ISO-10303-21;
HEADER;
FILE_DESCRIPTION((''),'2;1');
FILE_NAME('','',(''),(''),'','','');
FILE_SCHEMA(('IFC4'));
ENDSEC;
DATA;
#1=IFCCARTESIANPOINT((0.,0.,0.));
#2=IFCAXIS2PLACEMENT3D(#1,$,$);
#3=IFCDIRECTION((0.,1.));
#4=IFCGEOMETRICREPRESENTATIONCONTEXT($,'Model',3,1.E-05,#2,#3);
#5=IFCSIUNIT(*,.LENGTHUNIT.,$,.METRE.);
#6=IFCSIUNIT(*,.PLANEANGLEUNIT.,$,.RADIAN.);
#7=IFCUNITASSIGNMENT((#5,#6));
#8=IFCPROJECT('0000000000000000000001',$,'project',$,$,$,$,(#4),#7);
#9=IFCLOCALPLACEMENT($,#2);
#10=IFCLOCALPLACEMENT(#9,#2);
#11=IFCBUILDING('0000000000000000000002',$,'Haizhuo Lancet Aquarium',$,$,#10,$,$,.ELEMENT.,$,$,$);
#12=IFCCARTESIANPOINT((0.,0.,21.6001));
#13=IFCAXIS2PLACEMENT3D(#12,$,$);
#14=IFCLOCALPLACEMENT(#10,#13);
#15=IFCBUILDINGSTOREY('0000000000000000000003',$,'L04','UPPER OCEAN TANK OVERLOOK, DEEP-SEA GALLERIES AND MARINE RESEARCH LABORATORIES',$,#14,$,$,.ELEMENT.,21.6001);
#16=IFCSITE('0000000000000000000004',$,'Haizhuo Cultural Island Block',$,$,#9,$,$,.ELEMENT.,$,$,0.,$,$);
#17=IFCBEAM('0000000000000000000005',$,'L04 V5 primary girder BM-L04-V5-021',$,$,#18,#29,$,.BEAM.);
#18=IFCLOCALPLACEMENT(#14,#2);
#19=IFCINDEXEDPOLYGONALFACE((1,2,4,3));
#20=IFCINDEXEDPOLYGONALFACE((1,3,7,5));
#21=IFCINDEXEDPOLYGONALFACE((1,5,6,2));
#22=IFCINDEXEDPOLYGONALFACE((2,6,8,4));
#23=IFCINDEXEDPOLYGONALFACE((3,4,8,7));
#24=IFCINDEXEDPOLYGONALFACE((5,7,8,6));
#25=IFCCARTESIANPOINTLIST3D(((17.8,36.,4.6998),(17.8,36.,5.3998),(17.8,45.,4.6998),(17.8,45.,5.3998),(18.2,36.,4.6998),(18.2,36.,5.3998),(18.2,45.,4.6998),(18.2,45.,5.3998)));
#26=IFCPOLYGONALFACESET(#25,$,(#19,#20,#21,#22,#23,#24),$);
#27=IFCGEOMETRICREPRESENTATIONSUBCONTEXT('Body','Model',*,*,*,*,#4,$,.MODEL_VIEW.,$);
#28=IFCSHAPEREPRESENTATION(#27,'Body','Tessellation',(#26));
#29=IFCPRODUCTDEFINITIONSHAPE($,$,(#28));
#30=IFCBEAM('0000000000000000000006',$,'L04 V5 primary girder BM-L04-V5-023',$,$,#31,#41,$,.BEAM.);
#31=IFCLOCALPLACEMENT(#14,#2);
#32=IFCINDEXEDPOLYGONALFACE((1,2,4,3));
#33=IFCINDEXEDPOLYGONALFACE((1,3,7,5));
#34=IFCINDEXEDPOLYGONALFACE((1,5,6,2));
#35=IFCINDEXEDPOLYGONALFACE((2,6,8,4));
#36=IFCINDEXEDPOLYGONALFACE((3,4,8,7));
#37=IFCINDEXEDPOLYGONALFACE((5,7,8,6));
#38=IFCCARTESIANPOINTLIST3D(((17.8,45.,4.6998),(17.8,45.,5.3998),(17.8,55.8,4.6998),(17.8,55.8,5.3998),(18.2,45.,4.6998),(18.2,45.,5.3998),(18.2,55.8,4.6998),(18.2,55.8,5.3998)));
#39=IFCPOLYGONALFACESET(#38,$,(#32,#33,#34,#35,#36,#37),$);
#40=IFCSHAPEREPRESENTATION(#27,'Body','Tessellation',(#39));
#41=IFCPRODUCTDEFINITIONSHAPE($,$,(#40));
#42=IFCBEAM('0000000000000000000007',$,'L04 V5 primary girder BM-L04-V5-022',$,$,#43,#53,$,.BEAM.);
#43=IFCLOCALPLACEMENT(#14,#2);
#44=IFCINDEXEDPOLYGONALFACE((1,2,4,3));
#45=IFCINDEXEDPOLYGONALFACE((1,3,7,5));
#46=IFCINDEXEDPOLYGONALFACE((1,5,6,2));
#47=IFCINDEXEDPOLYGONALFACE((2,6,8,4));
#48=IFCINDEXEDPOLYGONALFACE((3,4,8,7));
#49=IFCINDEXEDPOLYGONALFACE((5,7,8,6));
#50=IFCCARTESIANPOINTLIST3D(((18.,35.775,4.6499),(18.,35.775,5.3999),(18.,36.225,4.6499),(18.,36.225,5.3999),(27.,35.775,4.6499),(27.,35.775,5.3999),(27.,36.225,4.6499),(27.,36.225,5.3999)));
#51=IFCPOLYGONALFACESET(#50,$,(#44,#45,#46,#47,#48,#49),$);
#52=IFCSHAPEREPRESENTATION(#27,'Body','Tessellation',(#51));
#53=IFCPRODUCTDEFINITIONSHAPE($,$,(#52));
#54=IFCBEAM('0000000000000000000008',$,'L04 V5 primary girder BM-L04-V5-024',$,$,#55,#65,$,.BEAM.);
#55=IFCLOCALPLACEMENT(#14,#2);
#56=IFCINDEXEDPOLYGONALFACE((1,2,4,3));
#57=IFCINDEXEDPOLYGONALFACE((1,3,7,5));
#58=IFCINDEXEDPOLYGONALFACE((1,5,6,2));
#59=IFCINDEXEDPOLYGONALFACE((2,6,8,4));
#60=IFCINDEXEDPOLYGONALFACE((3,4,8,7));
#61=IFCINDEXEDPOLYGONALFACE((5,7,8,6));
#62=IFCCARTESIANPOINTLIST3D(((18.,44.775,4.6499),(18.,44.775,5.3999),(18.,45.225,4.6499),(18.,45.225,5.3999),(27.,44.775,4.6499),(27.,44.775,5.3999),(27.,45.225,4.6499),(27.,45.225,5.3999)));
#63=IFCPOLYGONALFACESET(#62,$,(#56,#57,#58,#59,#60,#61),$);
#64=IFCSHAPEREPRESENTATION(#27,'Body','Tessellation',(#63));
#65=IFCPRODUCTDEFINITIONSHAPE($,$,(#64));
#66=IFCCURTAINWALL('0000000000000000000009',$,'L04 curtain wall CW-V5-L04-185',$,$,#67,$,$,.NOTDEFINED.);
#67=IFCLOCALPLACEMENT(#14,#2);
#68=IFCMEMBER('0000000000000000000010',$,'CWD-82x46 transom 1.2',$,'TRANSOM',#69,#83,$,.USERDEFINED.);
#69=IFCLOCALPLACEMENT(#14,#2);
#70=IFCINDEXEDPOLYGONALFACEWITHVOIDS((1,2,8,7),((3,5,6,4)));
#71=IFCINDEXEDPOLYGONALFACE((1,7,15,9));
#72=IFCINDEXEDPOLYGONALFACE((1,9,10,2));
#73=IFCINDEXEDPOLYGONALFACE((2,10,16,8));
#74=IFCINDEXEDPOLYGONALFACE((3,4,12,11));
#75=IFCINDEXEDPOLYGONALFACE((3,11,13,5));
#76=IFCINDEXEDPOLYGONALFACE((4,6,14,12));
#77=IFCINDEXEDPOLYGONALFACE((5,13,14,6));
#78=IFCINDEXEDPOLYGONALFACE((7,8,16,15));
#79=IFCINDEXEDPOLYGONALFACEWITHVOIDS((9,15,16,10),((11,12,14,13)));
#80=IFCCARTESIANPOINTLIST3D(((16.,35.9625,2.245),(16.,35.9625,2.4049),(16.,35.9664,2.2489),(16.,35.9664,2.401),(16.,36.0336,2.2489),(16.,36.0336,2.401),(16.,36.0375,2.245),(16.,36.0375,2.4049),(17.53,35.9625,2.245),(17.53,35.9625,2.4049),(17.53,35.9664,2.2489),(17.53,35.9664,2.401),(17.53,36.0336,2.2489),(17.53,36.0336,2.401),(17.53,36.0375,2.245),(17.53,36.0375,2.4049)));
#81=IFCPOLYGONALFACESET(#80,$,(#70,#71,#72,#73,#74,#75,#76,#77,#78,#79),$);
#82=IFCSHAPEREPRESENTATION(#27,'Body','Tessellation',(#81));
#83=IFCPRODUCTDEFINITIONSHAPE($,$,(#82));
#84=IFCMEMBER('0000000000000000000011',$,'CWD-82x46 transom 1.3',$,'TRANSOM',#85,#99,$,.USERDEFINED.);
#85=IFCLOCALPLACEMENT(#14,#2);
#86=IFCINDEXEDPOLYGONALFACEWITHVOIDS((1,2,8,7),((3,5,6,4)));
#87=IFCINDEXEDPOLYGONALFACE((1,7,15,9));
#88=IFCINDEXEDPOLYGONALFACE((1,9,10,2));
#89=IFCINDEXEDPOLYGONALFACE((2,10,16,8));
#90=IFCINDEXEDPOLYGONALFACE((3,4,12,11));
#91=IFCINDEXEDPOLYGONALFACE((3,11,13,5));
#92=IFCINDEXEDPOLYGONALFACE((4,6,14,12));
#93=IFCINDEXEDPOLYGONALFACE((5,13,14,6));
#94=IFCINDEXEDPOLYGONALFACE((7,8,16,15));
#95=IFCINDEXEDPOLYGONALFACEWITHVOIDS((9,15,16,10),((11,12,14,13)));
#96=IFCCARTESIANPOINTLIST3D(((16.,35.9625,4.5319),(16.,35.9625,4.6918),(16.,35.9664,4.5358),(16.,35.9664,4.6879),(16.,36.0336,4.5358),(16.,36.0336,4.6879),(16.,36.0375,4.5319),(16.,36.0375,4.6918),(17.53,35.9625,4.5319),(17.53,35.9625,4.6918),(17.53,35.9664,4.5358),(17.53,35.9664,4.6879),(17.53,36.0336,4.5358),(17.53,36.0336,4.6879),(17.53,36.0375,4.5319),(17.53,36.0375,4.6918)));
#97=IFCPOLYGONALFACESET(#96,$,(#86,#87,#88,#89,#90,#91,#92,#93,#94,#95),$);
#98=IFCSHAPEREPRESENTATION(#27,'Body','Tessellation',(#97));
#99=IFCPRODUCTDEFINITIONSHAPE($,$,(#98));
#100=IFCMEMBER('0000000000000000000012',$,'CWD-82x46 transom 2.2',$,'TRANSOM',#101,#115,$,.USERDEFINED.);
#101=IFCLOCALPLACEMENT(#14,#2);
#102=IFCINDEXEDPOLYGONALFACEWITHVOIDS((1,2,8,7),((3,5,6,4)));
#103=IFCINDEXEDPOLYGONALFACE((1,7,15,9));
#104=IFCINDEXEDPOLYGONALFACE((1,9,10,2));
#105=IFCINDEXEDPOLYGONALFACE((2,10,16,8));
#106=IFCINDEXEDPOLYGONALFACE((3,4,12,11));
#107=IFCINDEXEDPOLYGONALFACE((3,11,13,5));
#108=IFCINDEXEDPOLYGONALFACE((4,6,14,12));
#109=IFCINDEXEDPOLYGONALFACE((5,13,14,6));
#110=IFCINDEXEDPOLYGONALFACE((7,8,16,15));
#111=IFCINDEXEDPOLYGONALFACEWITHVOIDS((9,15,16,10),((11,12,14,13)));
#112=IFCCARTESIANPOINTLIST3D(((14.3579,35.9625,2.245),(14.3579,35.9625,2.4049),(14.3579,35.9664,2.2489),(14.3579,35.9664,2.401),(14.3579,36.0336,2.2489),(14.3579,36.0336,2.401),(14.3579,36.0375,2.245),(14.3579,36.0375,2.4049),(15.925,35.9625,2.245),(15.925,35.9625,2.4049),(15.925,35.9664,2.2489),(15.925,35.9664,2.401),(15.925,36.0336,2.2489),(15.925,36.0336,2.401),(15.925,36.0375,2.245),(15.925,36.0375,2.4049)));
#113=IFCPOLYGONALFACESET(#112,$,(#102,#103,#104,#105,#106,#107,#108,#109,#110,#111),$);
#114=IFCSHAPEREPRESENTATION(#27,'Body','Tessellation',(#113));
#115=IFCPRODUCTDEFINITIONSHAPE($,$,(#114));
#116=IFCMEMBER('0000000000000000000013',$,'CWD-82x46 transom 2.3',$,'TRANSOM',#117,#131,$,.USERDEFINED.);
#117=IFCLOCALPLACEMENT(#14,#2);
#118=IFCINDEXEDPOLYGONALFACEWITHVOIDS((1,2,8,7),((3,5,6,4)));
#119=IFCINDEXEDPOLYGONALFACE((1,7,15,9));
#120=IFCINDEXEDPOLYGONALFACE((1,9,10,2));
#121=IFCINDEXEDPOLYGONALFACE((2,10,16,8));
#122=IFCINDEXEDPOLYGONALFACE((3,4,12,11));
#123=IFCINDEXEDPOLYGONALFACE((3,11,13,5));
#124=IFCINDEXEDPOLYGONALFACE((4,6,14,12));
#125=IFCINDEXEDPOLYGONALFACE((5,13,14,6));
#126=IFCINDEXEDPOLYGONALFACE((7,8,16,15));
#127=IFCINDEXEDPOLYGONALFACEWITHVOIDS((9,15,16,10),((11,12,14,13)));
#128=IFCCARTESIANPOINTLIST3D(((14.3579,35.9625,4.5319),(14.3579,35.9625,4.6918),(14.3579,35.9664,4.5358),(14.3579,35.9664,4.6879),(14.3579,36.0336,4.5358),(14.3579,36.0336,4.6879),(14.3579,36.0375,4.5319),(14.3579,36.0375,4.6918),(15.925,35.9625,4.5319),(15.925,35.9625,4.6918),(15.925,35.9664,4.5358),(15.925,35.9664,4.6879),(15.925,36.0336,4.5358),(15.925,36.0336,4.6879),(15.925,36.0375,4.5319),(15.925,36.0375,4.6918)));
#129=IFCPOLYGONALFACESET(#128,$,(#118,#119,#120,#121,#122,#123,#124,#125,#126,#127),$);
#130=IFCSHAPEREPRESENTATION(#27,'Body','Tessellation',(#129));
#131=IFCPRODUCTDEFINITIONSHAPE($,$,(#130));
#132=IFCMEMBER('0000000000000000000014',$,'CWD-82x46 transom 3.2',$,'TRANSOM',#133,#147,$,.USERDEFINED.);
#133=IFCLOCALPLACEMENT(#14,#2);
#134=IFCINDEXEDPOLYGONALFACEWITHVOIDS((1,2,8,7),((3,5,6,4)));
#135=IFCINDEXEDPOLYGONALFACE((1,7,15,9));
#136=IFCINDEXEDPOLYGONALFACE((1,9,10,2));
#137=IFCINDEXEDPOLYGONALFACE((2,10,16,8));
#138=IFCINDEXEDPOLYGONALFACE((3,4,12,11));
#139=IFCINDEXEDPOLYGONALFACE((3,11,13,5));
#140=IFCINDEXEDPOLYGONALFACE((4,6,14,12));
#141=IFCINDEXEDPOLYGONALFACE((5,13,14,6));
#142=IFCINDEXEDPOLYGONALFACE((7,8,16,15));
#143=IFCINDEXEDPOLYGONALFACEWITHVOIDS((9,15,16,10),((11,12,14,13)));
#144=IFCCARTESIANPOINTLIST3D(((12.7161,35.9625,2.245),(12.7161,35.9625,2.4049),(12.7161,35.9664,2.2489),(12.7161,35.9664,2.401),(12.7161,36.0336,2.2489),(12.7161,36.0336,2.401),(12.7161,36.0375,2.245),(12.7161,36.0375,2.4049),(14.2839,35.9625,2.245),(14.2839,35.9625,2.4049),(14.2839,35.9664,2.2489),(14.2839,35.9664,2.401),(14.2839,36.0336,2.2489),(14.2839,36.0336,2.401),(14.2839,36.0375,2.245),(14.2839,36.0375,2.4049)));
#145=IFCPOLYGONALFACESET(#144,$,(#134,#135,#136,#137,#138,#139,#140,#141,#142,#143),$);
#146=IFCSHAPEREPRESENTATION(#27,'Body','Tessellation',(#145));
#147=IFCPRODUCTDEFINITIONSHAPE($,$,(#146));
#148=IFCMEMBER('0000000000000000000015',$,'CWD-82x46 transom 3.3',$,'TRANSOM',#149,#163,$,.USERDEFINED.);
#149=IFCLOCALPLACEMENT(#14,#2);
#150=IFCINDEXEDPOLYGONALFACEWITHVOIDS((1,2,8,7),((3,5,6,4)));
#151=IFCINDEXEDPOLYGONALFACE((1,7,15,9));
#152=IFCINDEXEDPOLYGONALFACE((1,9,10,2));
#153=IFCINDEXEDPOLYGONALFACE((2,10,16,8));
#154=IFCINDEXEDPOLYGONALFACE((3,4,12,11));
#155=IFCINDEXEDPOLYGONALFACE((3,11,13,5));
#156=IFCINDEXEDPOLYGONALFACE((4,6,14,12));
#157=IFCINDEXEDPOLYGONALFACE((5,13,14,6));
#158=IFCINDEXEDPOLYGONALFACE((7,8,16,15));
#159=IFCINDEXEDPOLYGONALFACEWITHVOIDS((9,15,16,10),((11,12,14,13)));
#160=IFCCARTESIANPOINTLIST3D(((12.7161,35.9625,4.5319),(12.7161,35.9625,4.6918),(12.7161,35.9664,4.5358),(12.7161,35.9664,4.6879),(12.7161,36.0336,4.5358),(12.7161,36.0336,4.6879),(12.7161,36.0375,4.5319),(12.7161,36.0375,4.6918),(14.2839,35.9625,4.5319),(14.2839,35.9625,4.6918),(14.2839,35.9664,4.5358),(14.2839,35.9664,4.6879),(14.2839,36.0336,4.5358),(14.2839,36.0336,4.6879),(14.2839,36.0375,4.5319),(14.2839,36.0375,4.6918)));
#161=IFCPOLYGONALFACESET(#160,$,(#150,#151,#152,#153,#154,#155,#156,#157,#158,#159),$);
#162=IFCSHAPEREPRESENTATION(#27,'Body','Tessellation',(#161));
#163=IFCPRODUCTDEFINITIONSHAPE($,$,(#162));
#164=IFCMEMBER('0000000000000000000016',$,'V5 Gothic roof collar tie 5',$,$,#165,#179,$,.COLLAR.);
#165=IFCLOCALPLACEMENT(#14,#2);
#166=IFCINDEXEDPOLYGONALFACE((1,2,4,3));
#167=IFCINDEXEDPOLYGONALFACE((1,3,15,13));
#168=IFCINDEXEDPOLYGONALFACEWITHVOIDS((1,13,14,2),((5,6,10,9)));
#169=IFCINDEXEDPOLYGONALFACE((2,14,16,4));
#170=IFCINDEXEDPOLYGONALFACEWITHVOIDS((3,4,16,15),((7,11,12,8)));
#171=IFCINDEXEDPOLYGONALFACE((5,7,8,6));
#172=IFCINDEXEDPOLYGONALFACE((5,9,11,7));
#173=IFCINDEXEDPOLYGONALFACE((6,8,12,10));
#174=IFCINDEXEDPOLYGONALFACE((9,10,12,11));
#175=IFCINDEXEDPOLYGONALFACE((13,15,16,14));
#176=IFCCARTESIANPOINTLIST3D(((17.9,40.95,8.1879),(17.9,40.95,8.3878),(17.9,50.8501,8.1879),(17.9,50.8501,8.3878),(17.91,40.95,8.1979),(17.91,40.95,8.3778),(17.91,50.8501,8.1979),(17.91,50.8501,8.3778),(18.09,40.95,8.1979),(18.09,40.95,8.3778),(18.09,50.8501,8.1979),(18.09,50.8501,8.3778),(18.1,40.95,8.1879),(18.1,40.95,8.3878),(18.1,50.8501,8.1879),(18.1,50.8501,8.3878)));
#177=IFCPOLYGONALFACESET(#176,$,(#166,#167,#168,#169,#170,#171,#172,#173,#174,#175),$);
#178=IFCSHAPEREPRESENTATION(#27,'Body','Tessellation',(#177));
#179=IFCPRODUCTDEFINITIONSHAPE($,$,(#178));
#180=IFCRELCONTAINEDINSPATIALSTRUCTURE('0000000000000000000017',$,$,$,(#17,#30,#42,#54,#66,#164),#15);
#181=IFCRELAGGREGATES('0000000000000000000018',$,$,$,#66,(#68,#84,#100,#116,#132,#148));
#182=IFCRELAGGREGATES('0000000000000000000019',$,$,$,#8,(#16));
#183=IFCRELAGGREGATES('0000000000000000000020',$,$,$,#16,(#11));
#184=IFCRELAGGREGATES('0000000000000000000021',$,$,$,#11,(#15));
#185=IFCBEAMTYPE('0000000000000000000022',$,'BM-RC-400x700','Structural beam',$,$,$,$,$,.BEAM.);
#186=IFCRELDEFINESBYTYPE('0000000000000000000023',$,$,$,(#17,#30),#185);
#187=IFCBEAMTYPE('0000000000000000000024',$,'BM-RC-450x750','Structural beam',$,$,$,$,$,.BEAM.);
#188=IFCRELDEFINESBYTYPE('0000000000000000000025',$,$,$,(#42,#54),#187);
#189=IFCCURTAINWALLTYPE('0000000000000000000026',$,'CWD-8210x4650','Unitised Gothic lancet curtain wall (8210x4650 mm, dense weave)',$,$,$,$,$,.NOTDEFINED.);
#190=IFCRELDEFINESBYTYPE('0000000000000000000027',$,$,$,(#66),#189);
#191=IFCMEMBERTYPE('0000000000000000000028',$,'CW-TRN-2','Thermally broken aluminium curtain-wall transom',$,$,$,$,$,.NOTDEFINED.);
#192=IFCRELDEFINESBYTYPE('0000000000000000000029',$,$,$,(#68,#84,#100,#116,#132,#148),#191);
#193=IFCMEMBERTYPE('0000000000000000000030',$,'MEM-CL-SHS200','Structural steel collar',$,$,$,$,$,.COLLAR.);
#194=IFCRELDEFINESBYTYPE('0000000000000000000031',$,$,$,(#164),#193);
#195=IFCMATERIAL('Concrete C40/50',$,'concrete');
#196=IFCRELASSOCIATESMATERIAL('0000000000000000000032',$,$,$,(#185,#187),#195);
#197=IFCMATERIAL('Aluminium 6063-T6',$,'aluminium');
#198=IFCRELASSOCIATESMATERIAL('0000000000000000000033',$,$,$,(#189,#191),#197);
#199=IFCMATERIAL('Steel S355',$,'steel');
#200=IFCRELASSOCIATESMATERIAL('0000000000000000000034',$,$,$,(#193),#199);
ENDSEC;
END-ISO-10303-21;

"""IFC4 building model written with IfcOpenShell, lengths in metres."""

from ifc_helpers import new_model, si_unit, direction, frame, origin, origin_2d, place, context, subcontext, project, spatial, rectangle, hollow_rectangle, extrude, material, material_profile, profile_set, type_object, element, aggregate, save


model = new_model("IFC4")

# Units and contexts
model_context = context("Model", 3, precision=1e-05, world=origin(), true_north=direction((0.0, 1.0)))
body_context = subcontext(model_context, "Body", "Model", "MODEL_VIEW")
ifc_project = project(units=[si_unit("LENGTHUNIT", "METRE"), si_unit("PLANEANGLEUNIT", "RADIAN")], contexts=[model_context])

# Site, building, storey
site_placement = place(None, origin())
site = spatial("IfcSite", under=ifc_project, at=site_placement, Name="Haizhuo Cultural Island Block", CompositionType="ELEMENT", RefElevation=0.0)
building_placement = place(site_placement, origin())
building = spatial("IfcBuilding", under=site, at=building_placement, Name="Haizhuo Lancet Aquarium", CompositionType="ELEMENT")
storey_placement = place(building_placement, frame((0.0, 0.0, 21.6001)))
storey = spatial("IfcBuildingStorey", under=building, at=storey_placement, Name="L04", Description="UPPER OCEAN TANK OVERLOOK, DEEP-SEA GALLERIES AND MARINE RESEARCH LABORATORIES", CompositionType="ELEMENT", Elevation=21.6001)

# Beams
ifc_material_1 = material(Name="Concrete C40/50", Category="concrete")
ifc_material_profile_1 = material_profile(ifc_material_1, rectangle(XDim=0.3999, YDim=0.7, at=origin_2d()), Name="RC-BM 400x700")
ifc_profile_set_1 = profile_set([ifc_material_profile_1], Name="Concrete C40/50")
beam_type_1 = type_object("IfcBeamType", Name="BM-RC-400x700", Description="Structural beam", PredefinedType="BEAM", material=ifc_profile_set_1)
beam_1_placement = place(storey_placement, frame((18.0, 36.0, 5.0498), z_axis=(0.0, 1.0, 0.0), x_axis=(-1.0, 0.0, 0.0)))
element("IfcBeam", 1, at=beam_1_placement, inside=storey, type_object=beam_type_1, Name="L04 V5 primary girder BM-L04-V5-021", PredefinedType="BEAM", context=body_context, shape_type="SweptSolid", body=[
    extrude(rectangle(XDim=0.3999, YDim=0.7, at=origin_2d()), origin(), (0.0, 0.0, 1.0), 9.0),
])
beam_2_placement = place(storey_placement, frame((18.0, 45.0, 5.0498), z_axis=(0.0, 1.0, 0.0), x_axis=(-1.0, 0.0, 0.0)))
element("IfcBeam", 2, at=beam_2_placement, inside=storey, type_object=beam_type_1, Name="L04 V5 primary girder BM-L04-V5-023", PredefinedType="BEAM", context=body_context, shape_type="SweptSolid", body=[
    extrude(rectangle(XDim=0.3999, YDim=0.7, at=origin_2d()), origin(), (0.0, 0.0, 1.0), 10.8),
])
ifc_material_profile_2 = material_profile(ifc_material_1, rectangle(XDim=0.45, YDim=0.75, at=origin_2d()), Name="RC-BM 450x750")
ifc_profile_set_2 = profile_set([ifc_material_profile_2], Name="Concrete C40/50")
beam_type_2 = type_object("IfcBeamType", Name="BM-RC-450x750", Description="Structural beam", PredefinedType="BEAM", material=ifc_profile_set_2)
for number, where, z_axis, x_axis, name in (
    (3, (18.0, 36.0, 5.0249), (1.0, 0.0, 0.0), (0.0, 1.0, 0.0), "L04 V5 primary girder BM-L04-V5-022"),
    (4, (18.0, 45.0, 5.0249), (1.0, 0.0, 0.0), (0.0, 1.0, 0.0), "L04 V5 primary girder BM-L04-V5-024"),
):
    element("IfcBeam", number, at=place(storey_placement, frame(where, z_axis=z_axis, x_axis=x_axis)), inside=storey, type_object=beam_type_2, Name=name, PredefinedType="BEAM", context=body_context, shape_type="SweptSolid", body=[
        extrude(rectangle(XDim=0.45, YDim=0.75, at=origin_2d()), origin(), (0.0, 0.0, 1.0), 9.0),
    ])

# Curtain wall, members
ifc_material_2 = material(Name="Aluminium 6063-T6", Category="aluminium")
curtain_wall_type = type_object("IfcCurtainWallType", Name="CWD-8210x4650", Description="Unitised Gothic lancet curtain wall (8210x4650 mm, dense weave)", PredefinedType="NOTDEFINED", material=ifc_material_2)
curtain_wall_placement = place(storey_placement, origin())
curtain_wall = element("IfcCurtainWall", 5, at=curtain_wall_placement, inside=storey, type_object=curtain_wall_type, Name="L04 curtain wall CW-V5-L04-185", PredefinedType="NOTDEFINED")
ifc_material_profile_3 = material_profile(ifc_material_2, hollow_rectangle(XDim=0.075, YDim=0.1599, WallThickness=0.0039, at=origin_2d()), Name="ALU-T 75x160x4")
ifc_profile_set_3 = profile_set([ifc_material_profile_3], Name="Aluminium 6063-T6")
member_type_1 = type_object("IfcMemberType", Name="CW-TRN-2", Description="Thermally broken aluminium curtain-wall transom", PredefinedType="NOTDEFINED", material=ifc_profile_set_3)
member_1_placement = place(storey_placement, frame((17.53, 36.0, 2.325), z_axis=(-1.0, 0.0, 0.0), x_axis=(0.0, -1.0, 0.0)))
member_1 = element("IfcMember", 6, at=member_1_placement, type_object=member_type_1, Name="CWD-82x46 transom 1.2", ObjectType="TRANSOM", PredefinedType="USERDEFINED", context=body_context, shape_type="SweptSolid", body=[
    extrude(hollow_rectangle(XDim=0.075, YDim=0.1599, WallThickness=0.0039, at=origin_2d()), origin(), (0.0, 0.0, 1.0), 1.53),
])
member_2_placement = place(storey_placement, frame((17.53, 36.0, 4.6118), z_axis=(-1.0, 0.0, 0.0), x_axis=(0.0, -1.0, 0.0)))
member_2 = element("IfcMember", 7, at=member_2_placement, type_object=member_type_1, Name="CWD-82x46 transom 1.3", ObjectType="TRANSOM", PredefinedType="USERDEFINED", context=body_context, shape_type="SweptSolid", body=[
    extrude(hollow_rectangle(XDim=0.075, YDim=0.1599, WallThickness=0.0039, at=origin_2d()), origin(), (0.0, 0.0, 1.0), 1.53),
])
member_3_placement = place(storey_placement, frame((15.925, 36.0, 2.325), z_axis=(-1.0, 0.0, 0.0), x_axis=(0.0, -1.0, 0.0)))
member_3 = element("IfcMember", 8, at=member_3_placement, type_object=member_type_1, Name="CWD-82x46 transom 2.2", ObjectType="TRANSOM", PredefinedType="USERDEFINED", context=body_context, shape_type="SweptSolid", body=[
    extrude(hollow_rectangle(XDim=0.075, YDim=0.1599, WallThickness=0.0039, at=origin_2d()), origin(), (0.0, 0.0, 1.0), 1.5671),
])
member_4_placement = place(storey_placement, frame((15.925, 36.0, 4.6118), z_axis=(-1.0, 0.0, 0.0), x_axis=(0.0, -1.0, 0.0)))
member_4 = element("IfcMember", 9, at=member_4_placement, type_object=member_type_1, Name="CWD-82x46 transom 2.3", ObjectType="TRANSOM", PredefinedType="USERDEFINED", context=body_context, shape_type="SweptSolid", body=[
    extrude(hollow_rectangle(XDim=0.075, YDim=0.1599, WallThickness=0.0039, at=origin_2d()), origin(), (0.0, 0.0, 1.0), 1.5671),
])
member_5_placement = place(storey_placement, frame((14.2839, 36.0, 2.325), z_axis=(-1.0, 0.0, 0.0), x_axis=(0.0, -1.0, 0.0)))
member_5 = element("IfcMember", 10, at=member_5_placement, type_object=member_type_1, Name="CWD-82x46 transom 3.2", ObjectType="TRANSOM", PredefinedType="USERDEFINED", context=body_context, shape_type="SweptSolid", body=[
    extrude(hollow_rectangle(XDim=0.075, YDim=0.1599, WallThickness=0.0039, at=origin_2d()), origin(), (0.0, 0.0, 1.0), 1.5679),
])
member_6_placement = place(storey_placement, frame((14.2839, 36.0, 4.6118), z_axis=(-1.0, 0.0, 0.0), x_axis=(0.0, -1.0, 0.0)))
member_6 = element("IfcMember", 11, at=member_6_placement, type_object=member_type_1, Name="CWD-82x46 transom 3.3", ObjectType="TRANSOM", PredefinedType="USERDEFINED", context=body_context, shape_type="SweptSolid", body=[
    extrude(hollow_rectangle(XDim=0.075, YDim=0.1599, WallThickness=0.0039, at=origin_2d()), origin(), (0.0, 0.0, 1.0), 1.5679),
])

# Member
ifc_material_3 = material(Name="Steel S355", Category="steel")
ifc_material_profile_4 = material_profile(ifc_material_3, hollow_rectangle(XDim=0.2, YDim=0.2, WallThickness=0.01, at=origin_2d()), Name="SHS 200x200x10")
ifc_profile_set_4 = profile_set([ifc_material_profile_4], Name="Steel S355")
member_type_2 = type_object("IfcMemberType", Name="MEM-CL-SHS200", Description="Structural steel collar", PredefinedType="COLLAR", material=ifc_profile_set_4)
member_7_placement = place(storey_placement, frame((18.0, 40.95, 8.2878), z_axis=(0.0, 1.0, 0.0), x_axis=(-1.0, 0.0, 0.0)))
element("IfcMember", 12, at=member_7_placement, inside=storey, type_object=member_type_2, Name="V5 Gothic roof collar tie 5", PredefinedType="COLLAR", context=body_context, shape_type="SweptSolid", body=[
    extrude(hollow_rectangle(XDim=0.2, YDim=0.2, WallThickness=0.01, at=origin_2d()), origin(), (0.0, 0.0, 1.0), 9.9001),
])

aggregate(curtain_wall, [member_1, member_2, member_3, member_4, member_5, member_6])

save(model, "model.ifc")
